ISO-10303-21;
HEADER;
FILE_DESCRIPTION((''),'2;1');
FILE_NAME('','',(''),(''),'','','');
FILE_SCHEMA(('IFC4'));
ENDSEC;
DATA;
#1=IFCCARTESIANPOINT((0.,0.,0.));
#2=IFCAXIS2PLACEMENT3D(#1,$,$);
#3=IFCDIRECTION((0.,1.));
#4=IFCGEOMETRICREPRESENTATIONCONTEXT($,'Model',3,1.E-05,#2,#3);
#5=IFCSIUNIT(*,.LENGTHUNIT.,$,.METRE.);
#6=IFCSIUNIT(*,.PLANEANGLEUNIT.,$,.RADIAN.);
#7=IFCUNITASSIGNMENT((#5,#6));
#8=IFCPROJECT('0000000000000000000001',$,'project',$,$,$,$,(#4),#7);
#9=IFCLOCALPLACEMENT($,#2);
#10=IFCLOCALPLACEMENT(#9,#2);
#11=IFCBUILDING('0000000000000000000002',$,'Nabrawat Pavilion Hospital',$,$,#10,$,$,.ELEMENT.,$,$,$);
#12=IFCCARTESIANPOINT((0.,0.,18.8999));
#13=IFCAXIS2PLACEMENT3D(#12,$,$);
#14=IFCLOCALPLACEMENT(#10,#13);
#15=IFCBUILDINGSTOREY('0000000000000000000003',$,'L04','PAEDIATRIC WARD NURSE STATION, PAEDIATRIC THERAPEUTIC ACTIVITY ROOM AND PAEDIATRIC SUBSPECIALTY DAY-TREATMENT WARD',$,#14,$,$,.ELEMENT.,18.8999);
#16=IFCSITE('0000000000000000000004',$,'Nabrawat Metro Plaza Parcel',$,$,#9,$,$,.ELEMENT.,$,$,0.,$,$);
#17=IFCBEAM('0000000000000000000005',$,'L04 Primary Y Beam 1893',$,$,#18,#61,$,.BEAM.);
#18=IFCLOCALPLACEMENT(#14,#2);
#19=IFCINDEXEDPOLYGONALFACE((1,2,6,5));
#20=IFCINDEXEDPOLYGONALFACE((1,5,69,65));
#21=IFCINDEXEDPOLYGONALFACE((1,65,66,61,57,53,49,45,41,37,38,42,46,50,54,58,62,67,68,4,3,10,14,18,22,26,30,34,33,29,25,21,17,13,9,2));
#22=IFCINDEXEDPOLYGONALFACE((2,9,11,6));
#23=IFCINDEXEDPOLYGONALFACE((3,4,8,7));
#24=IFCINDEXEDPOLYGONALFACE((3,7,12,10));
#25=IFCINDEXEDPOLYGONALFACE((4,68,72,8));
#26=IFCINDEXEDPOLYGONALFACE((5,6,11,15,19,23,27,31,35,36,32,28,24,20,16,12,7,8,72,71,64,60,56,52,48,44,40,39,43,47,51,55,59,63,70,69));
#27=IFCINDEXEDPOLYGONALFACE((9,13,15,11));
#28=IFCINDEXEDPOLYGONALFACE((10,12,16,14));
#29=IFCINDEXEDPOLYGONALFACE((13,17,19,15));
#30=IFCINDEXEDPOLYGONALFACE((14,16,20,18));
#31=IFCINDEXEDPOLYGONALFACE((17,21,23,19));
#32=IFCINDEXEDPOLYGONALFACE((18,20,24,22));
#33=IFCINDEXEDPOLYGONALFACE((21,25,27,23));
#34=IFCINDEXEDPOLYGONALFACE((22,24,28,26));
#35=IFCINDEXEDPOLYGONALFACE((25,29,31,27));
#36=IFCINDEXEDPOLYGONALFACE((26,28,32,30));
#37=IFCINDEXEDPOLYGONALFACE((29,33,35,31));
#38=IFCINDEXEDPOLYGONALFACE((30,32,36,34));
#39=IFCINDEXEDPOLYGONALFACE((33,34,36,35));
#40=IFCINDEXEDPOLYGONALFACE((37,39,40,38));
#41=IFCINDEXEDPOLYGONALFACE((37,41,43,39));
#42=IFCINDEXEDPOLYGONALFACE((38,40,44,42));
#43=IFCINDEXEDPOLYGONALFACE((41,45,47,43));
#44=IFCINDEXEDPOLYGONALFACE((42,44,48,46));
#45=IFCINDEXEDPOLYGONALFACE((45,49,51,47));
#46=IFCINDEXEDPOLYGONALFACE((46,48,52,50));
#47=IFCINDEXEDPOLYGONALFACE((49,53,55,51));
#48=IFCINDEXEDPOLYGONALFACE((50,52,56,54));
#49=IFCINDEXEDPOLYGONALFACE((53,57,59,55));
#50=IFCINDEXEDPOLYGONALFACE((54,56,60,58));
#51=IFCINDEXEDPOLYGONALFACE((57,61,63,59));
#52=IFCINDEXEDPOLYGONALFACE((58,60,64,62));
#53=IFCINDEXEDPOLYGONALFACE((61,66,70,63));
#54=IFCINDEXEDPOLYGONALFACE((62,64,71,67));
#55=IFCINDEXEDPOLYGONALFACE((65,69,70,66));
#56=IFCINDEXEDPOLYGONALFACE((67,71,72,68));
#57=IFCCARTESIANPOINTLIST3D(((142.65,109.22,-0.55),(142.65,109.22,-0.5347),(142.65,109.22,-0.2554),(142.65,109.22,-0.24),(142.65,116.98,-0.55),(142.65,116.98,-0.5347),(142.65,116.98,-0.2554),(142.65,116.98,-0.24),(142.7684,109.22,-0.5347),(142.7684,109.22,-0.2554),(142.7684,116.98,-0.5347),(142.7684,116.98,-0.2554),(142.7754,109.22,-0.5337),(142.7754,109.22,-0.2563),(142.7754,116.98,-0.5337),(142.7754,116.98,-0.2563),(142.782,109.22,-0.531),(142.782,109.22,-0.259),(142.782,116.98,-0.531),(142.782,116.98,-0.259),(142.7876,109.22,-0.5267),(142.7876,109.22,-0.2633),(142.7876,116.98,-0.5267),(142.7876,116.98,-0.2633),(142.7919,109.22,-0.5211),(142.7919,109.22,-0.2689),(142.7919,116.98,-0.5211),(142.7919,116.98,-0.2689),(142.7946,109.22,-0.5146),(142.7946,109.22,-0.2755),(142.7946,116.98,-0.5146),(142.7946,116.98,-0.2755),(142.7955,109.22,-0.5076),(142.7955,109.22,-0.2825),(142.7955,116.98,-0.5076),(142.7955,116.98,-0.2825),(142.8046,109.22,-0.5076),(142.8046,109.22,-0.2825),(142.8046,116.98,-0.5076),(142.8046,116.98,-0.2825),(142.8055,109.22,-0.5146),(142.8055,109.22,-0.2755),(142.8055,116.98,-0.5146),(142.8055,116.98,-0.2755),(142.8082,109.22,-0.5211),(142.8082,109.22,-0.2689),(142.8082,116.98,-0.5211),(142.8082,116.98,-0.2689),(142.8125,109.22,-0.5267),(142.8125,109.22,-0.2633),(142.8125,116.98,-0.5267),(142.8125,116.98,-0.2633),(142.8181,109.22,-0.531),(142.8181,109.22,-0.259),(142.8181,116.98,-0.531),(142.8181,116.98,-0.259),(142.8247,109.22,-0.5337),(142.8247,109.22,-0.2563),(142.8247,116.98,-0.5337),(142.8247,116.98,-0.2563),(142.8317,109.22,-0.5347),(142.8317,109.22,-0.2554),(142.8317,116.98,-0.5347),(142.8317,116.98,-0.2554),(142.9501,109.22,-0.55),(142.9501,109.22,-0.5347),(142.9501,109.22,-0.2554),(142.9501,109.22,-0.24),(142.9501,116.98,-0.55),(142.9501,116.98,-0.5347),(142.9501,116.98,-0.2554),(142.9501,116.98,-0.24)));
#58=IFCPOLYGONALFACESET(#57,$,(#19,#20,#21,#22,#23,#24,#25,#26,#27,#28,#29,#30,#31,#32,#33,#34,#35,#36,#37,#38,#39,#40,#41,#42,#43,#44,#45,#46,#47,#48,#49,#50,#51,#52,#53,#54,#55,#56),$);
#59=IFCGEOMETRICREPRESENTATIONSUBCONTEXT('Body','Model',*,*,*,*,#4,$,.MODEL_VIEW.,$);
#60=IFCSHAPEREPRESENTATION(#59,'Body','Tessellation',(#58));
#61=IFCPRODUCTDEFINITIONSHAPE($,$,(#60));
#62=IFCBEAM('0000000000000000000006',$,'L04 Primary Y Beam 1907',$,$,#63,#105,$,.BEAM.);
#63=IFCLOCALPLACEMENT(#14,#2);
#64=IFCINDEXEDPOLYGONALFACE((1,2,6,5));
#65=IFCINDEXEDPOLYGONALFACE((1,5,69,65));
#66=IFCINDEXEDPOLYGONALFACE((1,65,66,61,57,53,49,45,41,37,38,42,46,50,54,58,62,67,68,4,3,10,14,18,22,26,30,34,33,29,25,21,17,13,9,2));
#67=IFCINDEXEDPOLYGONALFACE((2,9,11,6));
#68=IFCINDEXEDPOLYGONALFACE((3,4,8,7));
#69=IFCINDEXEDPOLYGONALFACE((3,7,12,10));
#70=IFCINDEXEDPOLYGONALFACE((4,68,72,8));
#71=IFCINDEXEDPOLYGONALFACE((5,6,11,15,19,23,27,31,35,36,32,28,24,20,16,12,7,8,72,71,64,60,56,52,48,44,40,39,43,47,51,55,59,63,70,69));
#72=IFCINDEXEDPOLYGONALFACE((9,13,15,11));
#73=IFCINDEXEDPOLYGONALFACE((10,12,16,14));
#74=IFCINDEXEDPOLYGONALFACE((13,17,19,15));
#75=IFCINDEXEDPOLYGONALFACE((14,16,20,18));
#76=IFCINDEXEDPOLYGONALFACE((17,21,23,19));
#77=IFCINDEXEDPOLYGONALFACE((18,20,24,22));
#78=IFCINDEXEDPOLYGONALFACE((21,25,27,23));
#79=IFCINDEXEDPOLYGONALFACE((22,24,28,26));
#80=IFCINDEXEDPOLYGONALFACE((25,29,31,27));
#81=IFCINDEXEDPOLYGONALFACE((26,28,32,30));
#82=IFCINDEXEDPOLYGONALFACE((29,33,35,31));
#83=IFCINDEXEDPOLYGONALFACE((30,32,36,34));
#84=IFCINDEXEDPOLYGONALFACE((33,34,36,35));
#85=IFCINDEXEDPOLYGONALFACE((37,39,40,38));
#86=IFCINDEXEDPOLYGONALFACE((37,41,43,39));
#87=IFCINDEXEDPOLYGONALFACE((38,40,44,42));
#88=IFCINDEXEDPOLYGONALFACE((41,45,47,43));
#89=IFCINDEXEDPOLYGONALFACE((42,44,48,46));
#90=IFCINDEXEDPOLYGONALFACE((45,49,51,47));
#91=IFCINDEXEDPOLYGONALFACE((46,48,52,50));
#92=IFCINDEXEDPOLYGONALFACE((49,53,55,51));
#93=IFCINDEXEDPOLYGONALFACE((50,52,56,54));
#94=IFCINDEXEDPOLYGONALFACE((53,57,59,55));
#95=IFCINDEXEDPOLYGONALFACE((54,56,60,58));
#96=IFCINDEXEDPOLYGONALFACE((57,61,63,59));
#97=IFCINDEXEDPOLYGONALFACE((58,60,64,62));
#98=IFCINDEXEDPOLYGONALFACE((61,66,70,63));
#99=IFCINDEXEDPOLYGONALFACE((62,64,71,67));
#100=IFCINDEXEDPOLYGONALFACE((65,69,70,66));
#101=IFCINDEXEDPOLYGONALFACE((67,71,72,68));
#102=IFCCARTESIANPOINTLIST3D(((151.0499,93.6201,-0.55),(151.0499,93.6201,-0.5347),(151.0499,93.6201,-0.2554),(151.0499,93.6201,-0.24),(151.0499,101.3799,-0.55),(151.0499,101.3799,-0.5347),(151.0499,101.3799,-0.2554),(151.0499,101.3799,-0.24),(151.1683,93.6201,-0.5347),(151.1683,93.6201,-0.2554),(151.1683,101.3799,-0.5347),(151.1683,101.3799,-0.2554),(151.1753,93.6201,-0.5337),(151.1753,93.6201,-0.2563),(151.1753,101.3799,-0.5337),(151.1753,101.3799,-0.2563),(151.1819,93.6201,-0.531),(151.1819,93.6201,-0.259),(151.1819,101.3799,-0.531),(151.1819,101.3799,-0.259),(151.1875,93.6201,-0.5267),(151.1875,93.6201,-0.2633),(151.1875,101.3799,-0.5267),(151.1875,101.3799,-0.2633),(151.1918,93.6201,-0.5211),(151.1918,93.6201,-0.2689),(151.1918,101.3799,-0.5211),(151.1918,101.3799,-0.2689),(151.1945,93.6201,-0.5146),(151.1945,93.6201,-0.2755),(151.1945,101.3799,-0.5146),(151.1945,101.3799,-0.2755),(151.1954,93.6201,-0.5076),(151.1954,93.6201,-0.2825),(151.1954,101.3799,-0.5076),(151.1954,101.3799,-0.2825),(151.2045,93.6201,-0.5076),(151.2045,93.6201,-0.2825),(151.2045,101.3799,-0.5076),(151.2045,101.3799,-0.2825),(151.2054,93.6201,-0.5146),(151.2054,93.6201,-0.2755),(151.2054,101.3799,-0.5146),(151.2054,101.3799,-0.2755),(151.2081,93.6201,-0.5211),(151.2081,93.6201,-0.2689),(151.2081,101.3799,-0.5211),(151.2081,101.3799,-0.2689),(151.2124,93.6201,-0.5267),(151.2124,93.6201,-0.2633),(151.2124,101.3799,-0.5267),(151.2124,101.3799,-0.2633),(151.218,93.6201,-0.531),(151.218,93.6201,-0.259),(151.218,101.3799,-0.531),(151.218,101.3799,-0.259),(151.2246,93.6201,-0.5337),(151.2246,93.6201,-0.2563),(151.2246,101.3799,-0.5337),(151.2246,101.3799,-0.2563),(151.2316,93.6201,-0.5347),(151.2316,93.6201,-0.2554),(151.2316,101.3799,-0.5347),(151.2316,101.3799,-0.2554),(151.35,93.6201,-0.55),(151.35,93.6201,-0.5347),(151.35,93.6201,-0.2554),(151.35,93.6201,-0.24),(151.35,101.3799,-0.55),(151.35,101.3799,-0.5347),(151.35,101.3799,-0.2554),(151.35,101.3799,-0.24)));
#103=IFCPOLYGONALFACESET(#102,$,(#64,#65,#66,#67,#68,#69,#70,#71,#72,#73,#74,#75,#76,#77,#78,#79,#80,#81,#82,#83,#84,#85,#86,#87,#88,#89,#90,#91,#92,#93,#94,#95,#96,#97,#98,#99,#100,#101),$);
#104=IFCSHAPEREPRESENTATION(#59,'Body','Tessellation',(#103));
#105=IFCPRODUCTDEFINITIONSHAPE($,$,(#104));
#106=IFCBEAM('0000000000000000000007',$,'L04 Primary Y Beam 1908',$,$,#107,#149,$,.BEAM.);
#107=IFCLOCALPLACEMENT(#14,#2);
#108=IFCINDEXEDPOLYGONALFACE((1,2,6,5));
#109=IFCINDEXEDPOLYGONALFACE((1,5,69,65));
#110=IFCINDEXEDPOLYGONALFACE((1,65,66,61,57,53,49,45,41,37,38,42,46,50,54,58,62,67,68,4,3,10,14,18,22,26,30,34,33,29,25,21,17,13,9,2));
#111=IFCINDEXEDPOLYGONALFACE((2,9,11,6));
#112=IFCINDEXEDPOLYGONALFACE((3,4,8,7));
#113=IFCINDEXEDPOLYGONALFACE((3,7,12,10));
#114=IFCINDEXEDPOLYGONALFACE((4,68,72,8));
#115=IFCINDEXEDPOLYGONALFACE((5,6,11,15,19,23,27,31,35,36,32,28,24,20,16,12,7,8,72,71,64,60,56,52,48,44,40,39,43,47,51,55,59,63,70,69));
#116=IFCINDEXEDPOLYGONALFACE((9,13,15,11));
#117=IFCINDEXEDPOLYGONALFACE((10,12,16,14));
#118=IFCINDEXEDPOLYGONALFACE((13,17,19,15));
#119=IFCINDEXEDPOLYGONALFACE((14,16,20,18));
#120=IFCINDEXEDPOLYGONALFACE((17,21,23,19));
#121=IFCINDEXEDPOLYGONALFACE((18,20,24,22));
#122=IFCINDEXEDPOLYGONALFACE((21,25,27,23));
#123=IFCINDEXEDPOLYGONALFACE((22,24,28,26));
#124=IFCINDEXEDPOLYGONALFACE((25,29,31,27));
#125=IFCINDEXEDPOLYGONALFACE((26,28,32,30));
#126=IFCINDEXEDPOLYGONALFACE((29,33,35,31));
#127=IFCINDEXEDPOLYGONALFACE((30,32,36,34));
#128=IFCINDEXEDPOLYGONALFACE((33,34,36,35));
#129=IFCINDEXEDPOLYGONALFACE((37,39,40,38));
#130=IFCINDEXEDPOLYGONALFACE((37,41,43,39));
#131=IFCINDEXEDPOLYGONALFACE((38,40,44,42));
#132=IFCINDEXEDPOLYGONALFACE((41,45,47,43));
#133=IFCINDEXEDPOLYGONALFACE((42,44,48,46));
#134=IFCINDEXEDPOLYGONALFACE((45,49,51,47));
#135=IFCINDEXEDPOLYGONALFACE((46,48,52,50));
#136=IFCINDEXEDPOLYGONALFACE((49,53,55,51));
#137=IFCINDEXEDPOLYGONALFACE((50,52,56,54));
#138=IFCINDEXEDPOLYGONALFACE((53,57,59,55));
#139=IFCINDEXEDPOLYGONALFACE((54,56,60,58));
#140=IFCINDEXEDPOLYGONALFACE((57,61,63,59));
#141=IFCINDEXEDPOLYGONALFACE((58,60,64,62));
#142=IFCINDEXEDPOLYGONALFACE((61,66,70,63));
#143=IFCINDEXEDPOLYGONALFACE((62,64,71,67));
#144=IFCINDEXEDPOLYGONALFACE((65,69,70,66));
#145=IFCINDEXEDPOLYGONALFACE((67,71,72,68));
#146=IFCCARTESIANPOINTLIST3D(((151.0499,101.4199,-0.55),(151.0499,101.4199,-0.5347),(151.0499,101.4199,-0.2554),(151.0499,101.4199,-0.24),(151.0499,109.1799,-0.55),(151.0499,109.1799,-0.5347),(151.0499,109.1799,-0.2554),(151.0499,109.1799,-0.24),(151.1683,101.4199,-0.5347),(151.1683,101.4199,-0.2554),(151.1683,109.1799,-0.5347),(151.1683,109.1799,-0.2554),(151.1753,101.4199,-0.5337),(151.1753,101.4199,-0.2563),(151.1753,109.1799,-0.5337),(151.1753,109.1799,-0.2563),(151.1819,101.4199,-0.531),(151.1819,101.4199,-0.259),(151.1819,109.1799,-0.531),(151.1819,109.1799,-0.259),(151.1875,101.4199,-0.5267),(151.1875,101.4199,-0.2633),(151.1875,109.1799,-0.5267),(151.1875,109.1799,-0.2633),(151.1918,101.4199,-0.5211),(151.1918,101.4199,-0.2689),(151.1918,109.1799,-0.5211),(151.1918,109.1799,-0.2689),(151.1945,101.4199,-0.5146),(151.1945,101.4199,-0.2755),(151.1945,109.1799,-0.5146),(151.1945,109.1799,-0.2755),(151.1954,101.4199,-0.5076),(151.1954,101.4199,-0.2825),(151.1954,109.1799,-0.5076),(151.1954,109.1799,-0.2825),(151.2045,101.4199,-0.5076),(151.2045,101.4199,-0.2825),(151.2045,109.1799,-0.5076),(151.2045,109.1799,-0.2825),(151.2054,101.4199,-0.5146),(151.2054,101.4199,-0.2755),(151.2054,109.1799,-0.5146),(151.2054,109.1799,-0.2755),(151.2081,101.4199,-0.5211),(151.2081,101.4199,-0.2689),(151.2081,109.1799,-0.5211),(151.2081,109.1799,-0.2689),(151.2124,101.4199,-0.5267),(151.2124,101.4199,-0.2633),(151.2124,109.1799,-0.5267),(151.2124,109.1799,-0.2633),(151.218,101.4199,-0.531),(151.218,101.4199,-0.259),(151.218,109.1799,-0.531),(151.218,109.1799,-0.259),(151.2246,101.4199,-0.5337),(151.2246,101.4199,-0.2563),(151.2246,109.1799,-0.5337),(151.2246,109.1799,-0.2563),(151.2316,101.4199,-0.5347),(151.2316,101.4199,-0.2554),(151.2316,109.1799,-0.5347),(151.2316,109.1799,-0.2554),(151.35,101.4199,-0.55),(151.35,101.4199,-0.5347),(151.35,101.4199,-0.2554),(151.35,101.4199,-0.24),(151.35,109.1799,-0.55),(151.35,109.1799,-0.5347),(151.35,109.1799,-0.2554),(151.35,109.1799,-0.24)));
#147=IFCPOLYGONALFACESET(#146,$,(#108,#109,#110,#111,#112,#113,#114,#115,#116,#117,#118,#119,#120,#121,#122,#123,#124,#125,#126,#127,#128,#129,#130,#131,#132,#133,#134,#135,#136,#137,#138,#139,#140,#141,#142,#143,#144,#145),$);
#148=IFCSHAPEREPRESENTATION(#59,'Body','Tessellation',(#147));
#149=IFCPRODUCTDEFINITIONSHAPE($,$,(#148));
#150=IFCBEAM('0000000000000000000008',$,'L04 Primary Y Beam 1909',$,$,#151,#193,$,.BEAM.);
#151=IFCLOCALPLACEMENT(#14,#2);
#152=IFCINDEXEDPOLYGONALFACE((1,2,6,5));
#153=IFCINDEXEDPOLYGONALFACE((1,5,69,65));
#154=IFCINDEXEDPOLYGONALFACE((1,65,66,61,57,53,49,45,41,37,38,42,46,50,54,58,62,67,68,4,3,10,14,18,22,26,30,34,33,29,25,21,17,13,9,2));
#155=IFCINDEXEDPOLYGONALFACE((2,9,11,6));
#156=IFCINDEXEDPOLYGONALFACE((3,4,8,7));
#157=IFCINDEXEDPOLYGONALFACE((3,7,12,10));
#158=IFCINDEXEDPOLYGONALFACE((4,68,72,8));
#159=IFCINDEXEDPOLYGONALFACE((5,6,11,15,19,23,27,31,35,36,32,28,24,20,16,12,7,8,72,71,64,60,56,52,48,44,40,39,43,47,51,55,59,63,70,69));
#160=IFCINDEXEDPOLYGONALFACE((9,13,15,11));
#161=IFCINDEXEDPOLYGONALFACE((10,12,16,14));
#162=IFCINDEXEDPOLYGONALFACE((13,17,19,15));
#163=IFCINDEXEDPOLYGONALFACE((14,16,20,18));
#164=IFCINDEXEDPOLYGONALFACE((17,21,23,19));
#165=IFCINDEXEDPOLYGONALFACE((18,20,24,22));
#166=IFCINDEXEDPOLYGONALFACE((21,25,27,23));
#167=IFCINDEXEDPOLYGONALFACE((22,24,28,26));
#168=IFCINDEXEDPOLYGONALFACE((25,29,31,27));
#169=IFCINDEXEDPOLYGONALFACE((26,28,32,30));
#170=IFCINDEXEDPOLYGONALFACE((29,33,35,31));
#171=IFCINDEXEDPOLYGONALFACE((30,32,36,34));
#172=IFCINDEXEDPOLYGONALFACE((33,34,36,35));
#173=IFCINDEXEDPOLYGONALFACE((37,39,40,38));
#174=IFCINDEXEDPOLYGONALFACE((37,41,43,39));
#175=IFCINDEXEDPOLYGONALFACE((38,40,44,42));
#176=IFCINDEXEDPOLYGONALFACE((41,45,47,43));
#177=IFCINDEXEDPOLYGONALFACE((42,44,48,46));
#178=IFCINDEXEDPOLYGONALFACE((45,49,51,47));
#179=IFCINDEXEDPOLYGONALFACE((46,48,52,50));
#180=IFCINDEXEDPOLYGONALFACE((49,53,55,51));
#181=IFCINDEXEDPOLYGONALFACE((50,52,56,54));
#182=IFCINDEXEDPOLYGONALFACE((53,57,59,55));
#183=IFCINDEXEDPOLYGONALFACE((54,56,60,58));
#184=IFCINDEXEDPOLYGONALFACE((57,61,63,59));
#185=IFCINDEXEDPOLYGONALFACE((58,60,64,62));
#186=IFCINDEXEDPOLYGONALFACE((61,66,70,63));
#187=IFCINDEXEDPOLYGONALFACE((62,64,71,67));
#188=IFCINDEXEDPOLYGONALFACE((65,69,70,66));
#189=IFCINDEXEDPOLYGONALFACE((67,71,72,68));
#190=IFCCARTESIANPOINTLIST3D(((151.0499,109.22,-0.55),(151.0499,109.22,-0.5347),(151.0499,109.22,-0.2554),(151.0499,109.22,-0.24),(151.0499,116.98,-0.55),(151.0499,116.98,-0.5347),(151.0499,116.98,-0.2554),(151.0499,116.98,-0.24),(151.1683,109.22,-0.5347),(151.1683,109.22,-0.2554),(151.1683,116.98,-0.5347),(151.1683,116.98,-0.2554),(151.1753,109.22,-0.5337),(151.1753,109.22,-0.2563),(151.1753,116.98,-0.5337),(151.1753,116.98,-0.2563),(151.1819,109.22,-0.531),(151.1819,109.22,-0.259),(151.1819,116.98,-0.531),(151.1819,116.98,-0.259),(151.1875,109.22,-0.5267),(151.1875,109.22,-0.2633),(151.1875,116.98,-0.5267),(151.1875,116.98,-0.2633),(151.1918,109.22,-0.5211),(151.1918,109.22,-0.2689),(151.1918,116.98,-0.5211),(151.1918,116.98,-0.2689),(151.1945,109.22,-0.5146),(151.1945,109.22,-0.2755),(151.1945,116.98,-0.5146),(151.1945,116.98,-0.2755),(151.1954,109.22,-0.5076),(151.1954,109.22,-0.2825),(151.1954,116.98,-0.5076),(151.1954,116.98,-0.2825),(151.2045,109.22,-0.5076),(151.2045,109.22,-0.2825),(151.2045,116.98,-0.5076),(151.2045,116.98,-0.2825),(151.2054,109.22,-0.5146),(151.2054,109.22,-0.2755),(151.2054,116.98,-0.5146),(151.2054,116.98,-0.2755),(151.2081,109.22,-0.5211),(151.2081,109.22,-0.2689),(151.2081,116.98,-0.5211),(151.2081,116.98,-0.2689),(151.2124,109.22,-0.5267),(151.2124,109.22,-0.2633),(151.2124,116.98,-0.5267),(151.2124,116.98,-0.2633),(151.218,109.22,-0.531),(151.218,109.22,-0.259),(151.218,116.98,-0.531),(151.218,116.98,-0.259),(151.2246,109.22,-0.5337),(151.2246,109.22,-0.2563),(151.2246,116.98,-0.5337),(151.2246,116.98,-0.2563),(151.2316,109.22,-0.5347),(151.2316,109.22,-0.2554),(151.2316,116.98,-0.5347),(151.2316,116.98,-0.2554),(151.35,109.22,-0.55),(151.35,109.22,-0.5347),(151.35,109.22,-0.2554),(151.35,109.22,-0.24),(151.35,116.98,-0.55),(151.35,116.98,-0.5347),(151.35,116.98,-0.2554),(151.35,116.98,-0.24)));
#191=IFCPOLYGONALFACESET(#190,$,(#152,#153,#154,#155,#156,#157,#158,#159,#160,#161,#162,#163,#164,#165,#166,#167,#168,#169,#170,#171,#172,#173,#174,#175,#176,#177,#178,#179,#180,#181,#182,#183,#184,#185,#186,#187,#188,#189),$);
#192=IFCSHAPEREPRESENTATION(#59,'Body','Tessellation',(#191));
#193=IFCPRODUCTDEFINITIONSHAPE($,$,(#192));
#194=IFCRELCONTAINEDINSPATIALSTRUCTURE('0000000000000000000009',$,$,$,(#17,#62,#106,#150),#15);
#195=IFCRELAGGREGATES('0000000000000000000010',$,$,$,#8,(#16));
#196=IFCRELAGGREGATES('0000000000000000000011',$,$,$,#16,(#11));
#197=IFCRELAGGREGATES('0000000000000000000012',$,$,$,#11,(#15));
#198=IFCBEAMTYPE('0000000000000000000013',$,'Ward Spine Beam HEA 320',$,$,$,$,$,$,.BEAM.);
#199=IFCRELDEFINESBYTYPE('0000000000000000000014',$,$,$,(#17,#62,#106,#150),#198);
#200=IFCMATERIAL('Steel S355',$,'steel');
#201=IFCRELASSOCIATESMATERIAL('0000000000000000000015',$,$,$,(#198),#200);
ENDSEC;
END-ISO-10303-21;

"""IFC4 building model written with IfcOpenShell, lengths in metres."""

from ifc_helpers import new_model, si_unit, direction, frame, origin, origin_2d, place, context, subcontext, project, spatial, i_section, extrude, material, material_profile, profile_set, type_object, element, save


model = new_model("IFC4")

# Units and contexts
model_context = context("Model", 3, precision=1e-05, world=origin(), true_north=direction((0.0, 1.0)))
body_context = subcontext(model_context, "Body", "Model", "MODEL_VIEW")
ifc_project = project(units=[si_unit("LENGTHUNIT", "METRE"), si_unit("PLANEANGLEUNIT", "RADIAN")], contexts=[model_context])

# Site, building, storey
site_placement = place(None, origin())
site = spatial("IfcSite", under=ifc_project, at=site_placement, Name="Nabrawat Metro Plaza Parcel", CompositionType="ELEMENT", RefElevation=0.0)
building_placement = place(site_placement, origin())
building = spatial("IfcBuilding", under=site, at=building_placement, Name="Nabrawat Pavilion Hospital", CompositionType="ELEMENT")
storey_placement = place(building_placement, frame((0.0, 0.0, 18.8999)))
storey = spatial("IfcBuildingStorey", under=building, at=storey_placement, Name="L04", Description="PAEDIATRIC WARD NURSE STATION, PAEDIATRIC THERAPEUTIC ACTIVITY ROOM AND PAEDIATRIC SUBSPECIALTY DAY-TREATMENT WARD", CompositionType="ELEMENT", Elevation=18.8999)

# Shared definitions
ifc_material_1 = material(Name="Steel S355", Category="steel")

# Beams
ifc_material_profile_1 = material_profile(ifc_material_1, i_section(OverallWidth=0.3, OverallDepth=0.3101, WebThickness=0.009, FlangeThickness=0.0154, FilletRadius=0.0271, at=origin_2d()), Name="HEA 320")
ifc_profile_set_1 = profile_set([ifc_material_profile_1], Name="Steel S355")
beam_type_1 = type_object("IfcBeamType", Name="Ward Spine Beam HEA 320", PredefinedType="BEAM", material=ifc_profile_set_1)
for number, where, z_axis, x_axis, name in (
    (1, (142.8, 109.22, -0.395), (0.0, 1.0, 0.0), (-1.0, 0.0, 0.0), "L04 Primary Y Beam 1893"),
):
    element("IfcBeam", number, at=place(storey_placement, frame(where, z_axis=z_axis, x_axis=x_axis)), inside=storey, type_object=beam_type_1, Name=name, PredefinedType="BEAM", context=body_context, shape_type="SweptSolid", body=[
        extrude(i_section(OverallWidth=0.3, OverallDepth=0.3101, WebThickness=0.009, FlangeThickness=0.0154, FilletRadius=0.0271, at=origin_2d()), origin(), (0.0, 0.0, 1.0), 7.76),
    ])
beam_1_placement = place(storey_placement, frame((151.2, 93.6201, -0.395), z_axis=(0.0, 1.0, 0.0), x_axis=(-1.0, 0.0, 0.0)))
element("IfcBeam", 2, at=beam_1_placement, inside=storey, type_object=beam_type_1, Name="L04 Primary Y Beam 1907", PredefinedType="BEAM", context=body_context, shape_type="SweptSolid", body=[
    extrude(i_section(OverallWidth=0.3, OverallDepth=0.3101, WebThickness=0.009, FlangeThickness=0.0154, FilletRadius=0.0271, at=origin_2d()), origin(), (0.0, 0.0, 1.0), 7.7598),
])
for number, where, z_axis, x_axis, name in (
    (3, (151.2, 101.4199, -0.395), (0.0, 1.0, 0.0), (-1.0, 0.0, 0.0), "L04 Primary Y Beam 1908"),
    (4, (151.2, 109.22, -0.395), (0.0, 1.0, 0.0), (-1.0, 0.0, 0.0), "L04 Primary Y Beam 1909"),
):
    element("IfcBeam", number, at=place(storey_placement, frame(where, z_axis=z_axis, x_axis=x_axis)), inside=storey, type_object=beam_type_1, Name=name, PredefinedType="BEAM", context=body_context, shape_type="SweptSolid", body=[
        extrude(i_section(OverallWidth=0.3, OverallDepth=0.3101, WebThickness=0.009, FlangeThickness=0.0154, FilletRadius=0.0271, at=origin_2d()), origin(), (0.0, 0.0, 1.0), 7.76),
    ])

save(model, "model.ifc")
